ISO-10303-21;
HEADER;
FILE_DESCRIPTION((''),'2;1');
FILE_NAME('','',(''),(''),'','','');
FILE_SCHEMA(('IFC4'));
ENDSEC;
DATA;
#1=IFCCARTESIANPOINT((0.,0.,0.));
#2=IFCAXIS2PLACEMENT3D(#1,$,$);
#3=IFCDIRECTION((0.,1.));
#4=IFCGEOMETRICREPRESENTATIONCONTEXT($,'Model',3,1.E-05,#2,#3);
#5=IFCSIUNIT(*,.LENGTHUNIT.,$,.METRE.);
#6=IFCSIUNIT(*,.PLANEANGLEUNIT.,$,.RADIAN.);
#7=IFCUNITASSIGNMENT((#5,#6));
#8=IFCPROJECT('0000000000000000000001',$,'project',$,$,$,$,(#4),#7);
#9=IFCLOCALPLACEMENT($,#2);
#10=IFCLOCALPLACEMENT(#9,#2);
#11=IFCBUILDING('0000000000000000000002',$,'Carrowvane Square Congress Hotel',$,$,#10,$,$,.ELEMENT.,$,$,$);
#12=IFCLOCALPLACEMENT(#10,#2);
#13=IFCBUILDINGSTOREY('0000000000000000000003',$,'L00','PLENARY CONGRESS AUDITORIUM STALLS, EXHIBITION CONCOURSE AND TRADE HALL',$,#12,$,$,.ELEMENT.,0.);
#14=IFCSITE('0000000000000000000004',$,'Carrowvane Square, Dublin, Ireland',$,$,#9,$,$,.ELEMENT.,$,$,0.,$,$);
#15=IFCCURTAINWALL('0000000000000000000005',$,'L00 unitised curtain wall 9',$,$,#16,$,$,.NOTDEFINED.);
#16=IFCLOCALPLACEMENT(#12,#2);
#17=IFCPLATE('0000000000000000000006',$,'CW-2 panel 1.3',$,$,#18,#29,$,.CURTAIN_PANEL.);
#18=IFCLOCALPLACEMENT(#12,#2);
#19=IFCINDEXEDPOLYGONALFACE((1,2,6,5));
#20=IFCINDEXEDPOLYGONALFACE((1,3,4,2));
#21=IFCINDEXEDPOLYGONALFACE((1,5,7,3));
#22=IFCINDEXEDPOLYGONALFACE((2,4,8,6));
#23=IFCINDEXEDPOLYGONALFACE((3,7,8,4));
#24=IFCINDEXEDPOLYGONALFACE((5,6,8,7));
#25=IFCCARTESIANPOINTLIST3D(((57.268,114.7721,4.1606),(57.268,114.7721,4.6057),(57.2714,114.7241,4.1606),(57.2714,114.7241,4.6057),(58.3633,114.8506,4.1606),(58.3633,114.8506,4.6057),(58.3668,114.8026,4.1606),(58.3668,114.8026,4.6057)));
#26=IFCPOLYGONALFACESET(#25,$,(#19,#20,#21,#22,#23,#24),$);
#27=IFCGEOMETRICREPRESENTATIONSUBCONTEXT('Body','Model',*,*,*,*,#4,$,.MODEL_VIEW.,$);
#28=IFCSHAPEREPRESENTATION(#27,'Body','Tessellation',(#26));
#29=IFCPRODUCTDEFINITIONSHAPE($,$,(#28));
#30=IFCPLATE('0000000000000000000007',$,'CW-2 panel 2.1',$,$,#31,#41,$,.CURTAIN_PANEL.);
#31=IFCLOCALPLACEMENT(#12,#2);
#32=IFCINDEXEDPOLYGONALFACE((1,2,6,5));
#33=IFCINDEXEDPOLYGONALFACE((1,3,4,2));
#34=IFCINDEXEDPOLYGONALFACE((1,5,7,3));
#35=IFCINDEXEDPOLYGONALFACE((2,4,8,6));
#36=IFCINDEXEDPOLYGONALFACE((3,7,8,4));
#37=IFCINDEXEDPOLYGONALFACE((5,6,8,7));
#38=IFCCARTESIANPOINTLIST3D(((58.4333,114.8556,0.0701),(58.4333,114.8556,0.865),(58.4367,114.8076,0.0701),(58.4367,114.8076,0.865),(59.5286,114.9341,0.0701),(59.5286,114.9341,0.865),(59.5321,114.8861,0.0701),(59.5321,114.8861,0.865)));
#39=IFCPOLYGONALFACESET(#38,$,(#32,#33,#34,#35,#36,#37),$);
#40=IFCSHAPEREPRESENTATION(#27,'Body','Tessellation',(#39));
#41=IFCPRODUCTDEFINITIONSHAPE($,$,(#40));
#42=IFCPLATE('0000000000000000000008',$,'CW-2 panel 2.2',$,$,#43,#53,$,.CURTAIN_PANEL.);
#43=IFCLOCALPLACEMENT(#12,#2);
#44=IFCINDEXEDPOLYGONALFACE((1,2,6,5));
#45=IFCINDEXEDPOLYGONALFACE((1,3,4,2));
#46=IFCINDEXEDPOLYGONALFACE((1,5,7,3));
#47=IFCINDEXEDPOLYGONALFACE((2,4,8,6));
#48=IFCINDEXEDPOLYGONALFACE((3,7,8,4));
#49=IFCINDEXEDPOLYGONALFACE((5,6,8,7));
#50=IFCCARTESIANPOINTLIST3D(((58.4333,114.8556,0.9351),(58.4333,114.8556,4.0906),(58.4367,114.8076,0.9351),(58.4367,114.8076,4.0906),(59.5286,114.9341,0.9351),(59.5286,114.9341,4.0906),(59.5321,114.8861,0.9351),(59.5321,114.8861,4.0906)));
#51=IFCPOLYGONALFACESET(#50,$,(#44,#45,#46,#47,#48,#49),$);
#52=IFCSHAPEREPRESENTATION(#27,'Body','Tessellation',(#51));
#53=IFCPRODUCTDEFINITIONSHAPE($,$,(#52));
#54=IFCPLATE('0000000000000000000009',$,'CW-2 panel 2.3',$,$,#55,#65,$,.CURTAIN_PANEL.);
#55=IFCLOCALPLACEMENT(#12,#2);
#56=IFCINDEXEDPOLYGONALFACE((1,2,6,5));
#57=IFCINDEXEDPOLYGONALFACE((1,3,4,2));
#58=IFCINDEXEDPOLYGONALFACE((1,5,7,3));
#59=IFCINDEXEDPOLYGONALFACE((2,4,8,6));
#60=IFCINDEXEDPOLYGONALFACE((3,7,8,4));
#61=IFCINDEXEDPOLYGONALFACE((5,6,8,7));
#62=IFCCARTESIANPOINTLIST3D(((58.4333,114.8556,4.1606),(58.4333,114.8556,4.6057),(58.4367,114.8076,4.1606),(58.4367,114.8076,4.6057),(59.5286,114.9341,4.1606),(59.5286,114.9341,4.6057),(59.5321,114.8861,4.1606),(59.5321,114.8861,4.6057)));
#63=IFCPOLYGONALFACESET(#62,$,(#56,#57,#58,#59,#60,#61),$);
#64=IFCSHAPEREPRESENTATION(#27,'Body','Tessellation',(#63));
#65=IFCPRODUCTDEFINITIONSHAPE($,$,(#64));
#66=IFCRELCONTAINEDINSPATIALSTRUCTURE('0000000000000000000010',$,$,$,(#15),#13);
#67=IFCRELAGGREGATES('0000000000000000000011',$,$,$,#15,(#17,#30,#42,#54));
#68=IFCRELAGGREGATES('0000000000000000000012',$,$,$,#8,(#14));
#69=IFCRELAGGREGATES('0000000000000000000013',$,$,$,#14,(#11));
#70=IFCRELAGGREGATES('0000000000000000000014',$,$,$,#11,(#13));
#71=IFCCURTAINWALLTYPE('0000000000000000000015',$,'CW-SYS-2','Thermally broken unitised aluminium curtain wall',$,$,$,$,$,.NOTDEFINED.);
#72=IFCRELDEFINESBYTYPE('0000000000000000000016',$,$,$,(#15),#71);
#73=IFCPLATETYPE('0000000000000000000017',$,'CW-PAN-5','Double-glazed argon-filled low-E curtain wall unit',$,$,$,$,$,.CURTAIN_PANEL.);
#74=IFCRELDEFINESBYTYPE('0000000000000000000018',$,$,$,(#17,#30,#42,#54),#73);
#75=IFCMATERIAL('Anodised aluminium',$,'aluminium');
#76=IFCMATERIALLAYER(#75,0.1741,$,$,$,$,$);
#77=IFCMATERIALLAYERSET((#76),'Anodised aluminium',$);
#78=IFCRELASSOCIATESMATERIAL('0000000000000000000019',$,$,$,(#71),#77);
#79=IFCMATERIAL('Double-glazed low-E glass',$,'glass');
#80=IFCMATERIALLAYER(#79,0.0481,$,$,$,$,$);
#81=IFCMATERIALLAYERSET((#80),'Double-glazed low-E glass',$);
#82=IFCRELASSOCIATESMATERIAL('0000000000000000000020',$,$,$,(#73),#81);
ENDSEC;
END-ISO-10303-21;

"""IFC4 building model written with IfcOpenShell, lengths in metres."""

from ifc_helpers import new_model, si_unit, direction, frame, origin, origin_2d, place, context, subcontext, project, spatial, rectangle, extrude, material, layer, layer_set, type_object, element, aggregate, save


model = new_model("IFC4")

# Units and contexts
model_context = context("Model", 3, precision=1e-05, world=origin(), true_north=direction((0.0, 1.0)))
body_context = subcontext(model_context, "Body", "Model", "MODEL_VIEW")
ifc_project = project(units=[si_unit("LENGTHUNIT", "METRE"), si_unit("PLANEANGLEUNIT", "RADIAN")], contexts=[model_context])

# Site, building, storey
site_placement = place(None, origin())
site = spatial("IfcSite", under=ifc_project, at=site_placement, Name="Carrowvane Square, Dublin, Ireland", CompositionType="ELEMENT", RefElevation=0.0)
building_placement = place(site_placement, origin())
building = spatial("IfcBuilding", under=site, at=building_placement, Name="Carrowvane Square Congress Hotel", CompositionType="ELEMENT")
storey_placement = place(building_placement, origin())
storey = spatial("IfcBuildingStorey", under=building, at=storey_placement, Name="L00", Description="PLENARY CONGRESS AUDITORIUM STALLS, EXHIBITION CONCOURSE AND TRADE HALL", CompositionType="ELEMENT", Elevation=0.0)

# Curtain wall
ifc_material_1 = material(Name="Anodised aluminium", Category="aluminium")
ifc_layer_1 = layer(ifc_material_1, 0.1741)
ifc_layer_set_1 = layer_set([ifc_layer_1], Name="Anodised aluminium")
curtain_wall_type_1 = type_object("IfcCurtainWallType", Name="CW-SYS-2", Description="Thermally broken unitised aluminium curtain wall", PredefinedType="NOTDEFINED", material=ifc_layer_set_1)
curtain_wall_1_placement = place(storey_placement, origin())
curtain_wall_1 = element("IfcCurtainWall", 1, at=curtain_wall_1_placement, inside=storey, type_object=curtain_wall_type_1, Name="L00 unitised curtain wall 9", PredefinedType="NOTDEFINED")

# Plates
ifc_material_2 = material(Name="Double-glazed low-E glass", Category="glass")
ifc_layer_2 = layer(ifc_material_2, 0.0481)
ifc_layer_set_2 = layer_set([ifc_layer_2], Name="Double-glazed low-E glass")
plate_type_1 = type_object("IfcPlateType", Name="CW-PAN-5", Description="Double-glazed argon-filled low-E curtain wall unit", PredefinedType="CURTAIN_PANEL", material=ifc_layer_set_2)
plate_1_placement = place(storey_placement, frame((57.8174, 114.7874, 4.1606), z_axis=(0.0, 0.0, 1.0), x_axis=(0.997438, 0.071532, 0.0)))
plate_1 = element("IfcPlate", 2, at=plate_1_placement, type_object=plate_type_1, Name="CW-2 panel 1.3", PredefinedType="CURTAIN_PANEL", context=body_context, shape_type="SweptSolid", body=[
    extrude(rectangle(XDim=1.0981, YDim=0.0481, at=origin_2d()), origin(), (0.0, 0.0, 1.0), 0.4451),
])
plate_2_placement = place(storey_placement, frame((58.9827, 114.8708, 0.0701), z_axis=(0.0, 0.0, 1.0), x_axis=(0.997438, 0.071532, 0.0)))
plate_2 = element("IfcPlate", 3, at=plate_2_placement, type_object=plate_type_1, Name="CW-2 panel 2.1", PredefinedType="CURTAIN_PANEL", context=body_context, shape_type="SweptSolid", body=[
    extrude(rectangle(XDim=1.0981, YDim=0.0481, at=origin_2d()), origin(), (0.0, 0.0, 1.0), 0.7949),
])
plate_3_placement = place(storey_placement, frame((58.9827, 114.8708, 0.9351), z_axis=(0.0, 0.0, 1.0), x_axis=(0.997438, 0.071532, 0.0)))
plate_3 = element("IfcPlate", 4, at=plate_3_placement, type_object=plate_type_1, Name="CW-2 panel 2.2", PredefinedType="CURTAIN_PANEL", context=body_context, shape_type="SweptSolid", body=[
    extrude(rectangle(XDim=1.0981, YDim=0.0481, at=origin_2d()), origin(), (0.0, 0.0, 1.0), 3.1555),
])
plate_4_placement = place(storey_placement, frame((58.9827, 114.8708, 4.1606), z_axis=(0.0, 0.0, 1.0), x_axis=(0.997438, 0.071532, 0.0)))
plate_4 = element("IfcPlate", 5, at=plate_4_placement, type_object=plate_type_1, Name="CW-2 panel 2.3", PredefinedType="CURTAIN_PANEL", context=body_context, shape_type="SweptSolid", body=[
    extrude(rectangle(XDim=1.0981, YDim=0.0481, at=origin_2d()), origin(), (0.0, 0.0, 1.0), 0.4451),
])
aggregate(curtain_wall_1, [plate_1, plate_2, plate_3, plate_4])

save(model, "model.ifc")
